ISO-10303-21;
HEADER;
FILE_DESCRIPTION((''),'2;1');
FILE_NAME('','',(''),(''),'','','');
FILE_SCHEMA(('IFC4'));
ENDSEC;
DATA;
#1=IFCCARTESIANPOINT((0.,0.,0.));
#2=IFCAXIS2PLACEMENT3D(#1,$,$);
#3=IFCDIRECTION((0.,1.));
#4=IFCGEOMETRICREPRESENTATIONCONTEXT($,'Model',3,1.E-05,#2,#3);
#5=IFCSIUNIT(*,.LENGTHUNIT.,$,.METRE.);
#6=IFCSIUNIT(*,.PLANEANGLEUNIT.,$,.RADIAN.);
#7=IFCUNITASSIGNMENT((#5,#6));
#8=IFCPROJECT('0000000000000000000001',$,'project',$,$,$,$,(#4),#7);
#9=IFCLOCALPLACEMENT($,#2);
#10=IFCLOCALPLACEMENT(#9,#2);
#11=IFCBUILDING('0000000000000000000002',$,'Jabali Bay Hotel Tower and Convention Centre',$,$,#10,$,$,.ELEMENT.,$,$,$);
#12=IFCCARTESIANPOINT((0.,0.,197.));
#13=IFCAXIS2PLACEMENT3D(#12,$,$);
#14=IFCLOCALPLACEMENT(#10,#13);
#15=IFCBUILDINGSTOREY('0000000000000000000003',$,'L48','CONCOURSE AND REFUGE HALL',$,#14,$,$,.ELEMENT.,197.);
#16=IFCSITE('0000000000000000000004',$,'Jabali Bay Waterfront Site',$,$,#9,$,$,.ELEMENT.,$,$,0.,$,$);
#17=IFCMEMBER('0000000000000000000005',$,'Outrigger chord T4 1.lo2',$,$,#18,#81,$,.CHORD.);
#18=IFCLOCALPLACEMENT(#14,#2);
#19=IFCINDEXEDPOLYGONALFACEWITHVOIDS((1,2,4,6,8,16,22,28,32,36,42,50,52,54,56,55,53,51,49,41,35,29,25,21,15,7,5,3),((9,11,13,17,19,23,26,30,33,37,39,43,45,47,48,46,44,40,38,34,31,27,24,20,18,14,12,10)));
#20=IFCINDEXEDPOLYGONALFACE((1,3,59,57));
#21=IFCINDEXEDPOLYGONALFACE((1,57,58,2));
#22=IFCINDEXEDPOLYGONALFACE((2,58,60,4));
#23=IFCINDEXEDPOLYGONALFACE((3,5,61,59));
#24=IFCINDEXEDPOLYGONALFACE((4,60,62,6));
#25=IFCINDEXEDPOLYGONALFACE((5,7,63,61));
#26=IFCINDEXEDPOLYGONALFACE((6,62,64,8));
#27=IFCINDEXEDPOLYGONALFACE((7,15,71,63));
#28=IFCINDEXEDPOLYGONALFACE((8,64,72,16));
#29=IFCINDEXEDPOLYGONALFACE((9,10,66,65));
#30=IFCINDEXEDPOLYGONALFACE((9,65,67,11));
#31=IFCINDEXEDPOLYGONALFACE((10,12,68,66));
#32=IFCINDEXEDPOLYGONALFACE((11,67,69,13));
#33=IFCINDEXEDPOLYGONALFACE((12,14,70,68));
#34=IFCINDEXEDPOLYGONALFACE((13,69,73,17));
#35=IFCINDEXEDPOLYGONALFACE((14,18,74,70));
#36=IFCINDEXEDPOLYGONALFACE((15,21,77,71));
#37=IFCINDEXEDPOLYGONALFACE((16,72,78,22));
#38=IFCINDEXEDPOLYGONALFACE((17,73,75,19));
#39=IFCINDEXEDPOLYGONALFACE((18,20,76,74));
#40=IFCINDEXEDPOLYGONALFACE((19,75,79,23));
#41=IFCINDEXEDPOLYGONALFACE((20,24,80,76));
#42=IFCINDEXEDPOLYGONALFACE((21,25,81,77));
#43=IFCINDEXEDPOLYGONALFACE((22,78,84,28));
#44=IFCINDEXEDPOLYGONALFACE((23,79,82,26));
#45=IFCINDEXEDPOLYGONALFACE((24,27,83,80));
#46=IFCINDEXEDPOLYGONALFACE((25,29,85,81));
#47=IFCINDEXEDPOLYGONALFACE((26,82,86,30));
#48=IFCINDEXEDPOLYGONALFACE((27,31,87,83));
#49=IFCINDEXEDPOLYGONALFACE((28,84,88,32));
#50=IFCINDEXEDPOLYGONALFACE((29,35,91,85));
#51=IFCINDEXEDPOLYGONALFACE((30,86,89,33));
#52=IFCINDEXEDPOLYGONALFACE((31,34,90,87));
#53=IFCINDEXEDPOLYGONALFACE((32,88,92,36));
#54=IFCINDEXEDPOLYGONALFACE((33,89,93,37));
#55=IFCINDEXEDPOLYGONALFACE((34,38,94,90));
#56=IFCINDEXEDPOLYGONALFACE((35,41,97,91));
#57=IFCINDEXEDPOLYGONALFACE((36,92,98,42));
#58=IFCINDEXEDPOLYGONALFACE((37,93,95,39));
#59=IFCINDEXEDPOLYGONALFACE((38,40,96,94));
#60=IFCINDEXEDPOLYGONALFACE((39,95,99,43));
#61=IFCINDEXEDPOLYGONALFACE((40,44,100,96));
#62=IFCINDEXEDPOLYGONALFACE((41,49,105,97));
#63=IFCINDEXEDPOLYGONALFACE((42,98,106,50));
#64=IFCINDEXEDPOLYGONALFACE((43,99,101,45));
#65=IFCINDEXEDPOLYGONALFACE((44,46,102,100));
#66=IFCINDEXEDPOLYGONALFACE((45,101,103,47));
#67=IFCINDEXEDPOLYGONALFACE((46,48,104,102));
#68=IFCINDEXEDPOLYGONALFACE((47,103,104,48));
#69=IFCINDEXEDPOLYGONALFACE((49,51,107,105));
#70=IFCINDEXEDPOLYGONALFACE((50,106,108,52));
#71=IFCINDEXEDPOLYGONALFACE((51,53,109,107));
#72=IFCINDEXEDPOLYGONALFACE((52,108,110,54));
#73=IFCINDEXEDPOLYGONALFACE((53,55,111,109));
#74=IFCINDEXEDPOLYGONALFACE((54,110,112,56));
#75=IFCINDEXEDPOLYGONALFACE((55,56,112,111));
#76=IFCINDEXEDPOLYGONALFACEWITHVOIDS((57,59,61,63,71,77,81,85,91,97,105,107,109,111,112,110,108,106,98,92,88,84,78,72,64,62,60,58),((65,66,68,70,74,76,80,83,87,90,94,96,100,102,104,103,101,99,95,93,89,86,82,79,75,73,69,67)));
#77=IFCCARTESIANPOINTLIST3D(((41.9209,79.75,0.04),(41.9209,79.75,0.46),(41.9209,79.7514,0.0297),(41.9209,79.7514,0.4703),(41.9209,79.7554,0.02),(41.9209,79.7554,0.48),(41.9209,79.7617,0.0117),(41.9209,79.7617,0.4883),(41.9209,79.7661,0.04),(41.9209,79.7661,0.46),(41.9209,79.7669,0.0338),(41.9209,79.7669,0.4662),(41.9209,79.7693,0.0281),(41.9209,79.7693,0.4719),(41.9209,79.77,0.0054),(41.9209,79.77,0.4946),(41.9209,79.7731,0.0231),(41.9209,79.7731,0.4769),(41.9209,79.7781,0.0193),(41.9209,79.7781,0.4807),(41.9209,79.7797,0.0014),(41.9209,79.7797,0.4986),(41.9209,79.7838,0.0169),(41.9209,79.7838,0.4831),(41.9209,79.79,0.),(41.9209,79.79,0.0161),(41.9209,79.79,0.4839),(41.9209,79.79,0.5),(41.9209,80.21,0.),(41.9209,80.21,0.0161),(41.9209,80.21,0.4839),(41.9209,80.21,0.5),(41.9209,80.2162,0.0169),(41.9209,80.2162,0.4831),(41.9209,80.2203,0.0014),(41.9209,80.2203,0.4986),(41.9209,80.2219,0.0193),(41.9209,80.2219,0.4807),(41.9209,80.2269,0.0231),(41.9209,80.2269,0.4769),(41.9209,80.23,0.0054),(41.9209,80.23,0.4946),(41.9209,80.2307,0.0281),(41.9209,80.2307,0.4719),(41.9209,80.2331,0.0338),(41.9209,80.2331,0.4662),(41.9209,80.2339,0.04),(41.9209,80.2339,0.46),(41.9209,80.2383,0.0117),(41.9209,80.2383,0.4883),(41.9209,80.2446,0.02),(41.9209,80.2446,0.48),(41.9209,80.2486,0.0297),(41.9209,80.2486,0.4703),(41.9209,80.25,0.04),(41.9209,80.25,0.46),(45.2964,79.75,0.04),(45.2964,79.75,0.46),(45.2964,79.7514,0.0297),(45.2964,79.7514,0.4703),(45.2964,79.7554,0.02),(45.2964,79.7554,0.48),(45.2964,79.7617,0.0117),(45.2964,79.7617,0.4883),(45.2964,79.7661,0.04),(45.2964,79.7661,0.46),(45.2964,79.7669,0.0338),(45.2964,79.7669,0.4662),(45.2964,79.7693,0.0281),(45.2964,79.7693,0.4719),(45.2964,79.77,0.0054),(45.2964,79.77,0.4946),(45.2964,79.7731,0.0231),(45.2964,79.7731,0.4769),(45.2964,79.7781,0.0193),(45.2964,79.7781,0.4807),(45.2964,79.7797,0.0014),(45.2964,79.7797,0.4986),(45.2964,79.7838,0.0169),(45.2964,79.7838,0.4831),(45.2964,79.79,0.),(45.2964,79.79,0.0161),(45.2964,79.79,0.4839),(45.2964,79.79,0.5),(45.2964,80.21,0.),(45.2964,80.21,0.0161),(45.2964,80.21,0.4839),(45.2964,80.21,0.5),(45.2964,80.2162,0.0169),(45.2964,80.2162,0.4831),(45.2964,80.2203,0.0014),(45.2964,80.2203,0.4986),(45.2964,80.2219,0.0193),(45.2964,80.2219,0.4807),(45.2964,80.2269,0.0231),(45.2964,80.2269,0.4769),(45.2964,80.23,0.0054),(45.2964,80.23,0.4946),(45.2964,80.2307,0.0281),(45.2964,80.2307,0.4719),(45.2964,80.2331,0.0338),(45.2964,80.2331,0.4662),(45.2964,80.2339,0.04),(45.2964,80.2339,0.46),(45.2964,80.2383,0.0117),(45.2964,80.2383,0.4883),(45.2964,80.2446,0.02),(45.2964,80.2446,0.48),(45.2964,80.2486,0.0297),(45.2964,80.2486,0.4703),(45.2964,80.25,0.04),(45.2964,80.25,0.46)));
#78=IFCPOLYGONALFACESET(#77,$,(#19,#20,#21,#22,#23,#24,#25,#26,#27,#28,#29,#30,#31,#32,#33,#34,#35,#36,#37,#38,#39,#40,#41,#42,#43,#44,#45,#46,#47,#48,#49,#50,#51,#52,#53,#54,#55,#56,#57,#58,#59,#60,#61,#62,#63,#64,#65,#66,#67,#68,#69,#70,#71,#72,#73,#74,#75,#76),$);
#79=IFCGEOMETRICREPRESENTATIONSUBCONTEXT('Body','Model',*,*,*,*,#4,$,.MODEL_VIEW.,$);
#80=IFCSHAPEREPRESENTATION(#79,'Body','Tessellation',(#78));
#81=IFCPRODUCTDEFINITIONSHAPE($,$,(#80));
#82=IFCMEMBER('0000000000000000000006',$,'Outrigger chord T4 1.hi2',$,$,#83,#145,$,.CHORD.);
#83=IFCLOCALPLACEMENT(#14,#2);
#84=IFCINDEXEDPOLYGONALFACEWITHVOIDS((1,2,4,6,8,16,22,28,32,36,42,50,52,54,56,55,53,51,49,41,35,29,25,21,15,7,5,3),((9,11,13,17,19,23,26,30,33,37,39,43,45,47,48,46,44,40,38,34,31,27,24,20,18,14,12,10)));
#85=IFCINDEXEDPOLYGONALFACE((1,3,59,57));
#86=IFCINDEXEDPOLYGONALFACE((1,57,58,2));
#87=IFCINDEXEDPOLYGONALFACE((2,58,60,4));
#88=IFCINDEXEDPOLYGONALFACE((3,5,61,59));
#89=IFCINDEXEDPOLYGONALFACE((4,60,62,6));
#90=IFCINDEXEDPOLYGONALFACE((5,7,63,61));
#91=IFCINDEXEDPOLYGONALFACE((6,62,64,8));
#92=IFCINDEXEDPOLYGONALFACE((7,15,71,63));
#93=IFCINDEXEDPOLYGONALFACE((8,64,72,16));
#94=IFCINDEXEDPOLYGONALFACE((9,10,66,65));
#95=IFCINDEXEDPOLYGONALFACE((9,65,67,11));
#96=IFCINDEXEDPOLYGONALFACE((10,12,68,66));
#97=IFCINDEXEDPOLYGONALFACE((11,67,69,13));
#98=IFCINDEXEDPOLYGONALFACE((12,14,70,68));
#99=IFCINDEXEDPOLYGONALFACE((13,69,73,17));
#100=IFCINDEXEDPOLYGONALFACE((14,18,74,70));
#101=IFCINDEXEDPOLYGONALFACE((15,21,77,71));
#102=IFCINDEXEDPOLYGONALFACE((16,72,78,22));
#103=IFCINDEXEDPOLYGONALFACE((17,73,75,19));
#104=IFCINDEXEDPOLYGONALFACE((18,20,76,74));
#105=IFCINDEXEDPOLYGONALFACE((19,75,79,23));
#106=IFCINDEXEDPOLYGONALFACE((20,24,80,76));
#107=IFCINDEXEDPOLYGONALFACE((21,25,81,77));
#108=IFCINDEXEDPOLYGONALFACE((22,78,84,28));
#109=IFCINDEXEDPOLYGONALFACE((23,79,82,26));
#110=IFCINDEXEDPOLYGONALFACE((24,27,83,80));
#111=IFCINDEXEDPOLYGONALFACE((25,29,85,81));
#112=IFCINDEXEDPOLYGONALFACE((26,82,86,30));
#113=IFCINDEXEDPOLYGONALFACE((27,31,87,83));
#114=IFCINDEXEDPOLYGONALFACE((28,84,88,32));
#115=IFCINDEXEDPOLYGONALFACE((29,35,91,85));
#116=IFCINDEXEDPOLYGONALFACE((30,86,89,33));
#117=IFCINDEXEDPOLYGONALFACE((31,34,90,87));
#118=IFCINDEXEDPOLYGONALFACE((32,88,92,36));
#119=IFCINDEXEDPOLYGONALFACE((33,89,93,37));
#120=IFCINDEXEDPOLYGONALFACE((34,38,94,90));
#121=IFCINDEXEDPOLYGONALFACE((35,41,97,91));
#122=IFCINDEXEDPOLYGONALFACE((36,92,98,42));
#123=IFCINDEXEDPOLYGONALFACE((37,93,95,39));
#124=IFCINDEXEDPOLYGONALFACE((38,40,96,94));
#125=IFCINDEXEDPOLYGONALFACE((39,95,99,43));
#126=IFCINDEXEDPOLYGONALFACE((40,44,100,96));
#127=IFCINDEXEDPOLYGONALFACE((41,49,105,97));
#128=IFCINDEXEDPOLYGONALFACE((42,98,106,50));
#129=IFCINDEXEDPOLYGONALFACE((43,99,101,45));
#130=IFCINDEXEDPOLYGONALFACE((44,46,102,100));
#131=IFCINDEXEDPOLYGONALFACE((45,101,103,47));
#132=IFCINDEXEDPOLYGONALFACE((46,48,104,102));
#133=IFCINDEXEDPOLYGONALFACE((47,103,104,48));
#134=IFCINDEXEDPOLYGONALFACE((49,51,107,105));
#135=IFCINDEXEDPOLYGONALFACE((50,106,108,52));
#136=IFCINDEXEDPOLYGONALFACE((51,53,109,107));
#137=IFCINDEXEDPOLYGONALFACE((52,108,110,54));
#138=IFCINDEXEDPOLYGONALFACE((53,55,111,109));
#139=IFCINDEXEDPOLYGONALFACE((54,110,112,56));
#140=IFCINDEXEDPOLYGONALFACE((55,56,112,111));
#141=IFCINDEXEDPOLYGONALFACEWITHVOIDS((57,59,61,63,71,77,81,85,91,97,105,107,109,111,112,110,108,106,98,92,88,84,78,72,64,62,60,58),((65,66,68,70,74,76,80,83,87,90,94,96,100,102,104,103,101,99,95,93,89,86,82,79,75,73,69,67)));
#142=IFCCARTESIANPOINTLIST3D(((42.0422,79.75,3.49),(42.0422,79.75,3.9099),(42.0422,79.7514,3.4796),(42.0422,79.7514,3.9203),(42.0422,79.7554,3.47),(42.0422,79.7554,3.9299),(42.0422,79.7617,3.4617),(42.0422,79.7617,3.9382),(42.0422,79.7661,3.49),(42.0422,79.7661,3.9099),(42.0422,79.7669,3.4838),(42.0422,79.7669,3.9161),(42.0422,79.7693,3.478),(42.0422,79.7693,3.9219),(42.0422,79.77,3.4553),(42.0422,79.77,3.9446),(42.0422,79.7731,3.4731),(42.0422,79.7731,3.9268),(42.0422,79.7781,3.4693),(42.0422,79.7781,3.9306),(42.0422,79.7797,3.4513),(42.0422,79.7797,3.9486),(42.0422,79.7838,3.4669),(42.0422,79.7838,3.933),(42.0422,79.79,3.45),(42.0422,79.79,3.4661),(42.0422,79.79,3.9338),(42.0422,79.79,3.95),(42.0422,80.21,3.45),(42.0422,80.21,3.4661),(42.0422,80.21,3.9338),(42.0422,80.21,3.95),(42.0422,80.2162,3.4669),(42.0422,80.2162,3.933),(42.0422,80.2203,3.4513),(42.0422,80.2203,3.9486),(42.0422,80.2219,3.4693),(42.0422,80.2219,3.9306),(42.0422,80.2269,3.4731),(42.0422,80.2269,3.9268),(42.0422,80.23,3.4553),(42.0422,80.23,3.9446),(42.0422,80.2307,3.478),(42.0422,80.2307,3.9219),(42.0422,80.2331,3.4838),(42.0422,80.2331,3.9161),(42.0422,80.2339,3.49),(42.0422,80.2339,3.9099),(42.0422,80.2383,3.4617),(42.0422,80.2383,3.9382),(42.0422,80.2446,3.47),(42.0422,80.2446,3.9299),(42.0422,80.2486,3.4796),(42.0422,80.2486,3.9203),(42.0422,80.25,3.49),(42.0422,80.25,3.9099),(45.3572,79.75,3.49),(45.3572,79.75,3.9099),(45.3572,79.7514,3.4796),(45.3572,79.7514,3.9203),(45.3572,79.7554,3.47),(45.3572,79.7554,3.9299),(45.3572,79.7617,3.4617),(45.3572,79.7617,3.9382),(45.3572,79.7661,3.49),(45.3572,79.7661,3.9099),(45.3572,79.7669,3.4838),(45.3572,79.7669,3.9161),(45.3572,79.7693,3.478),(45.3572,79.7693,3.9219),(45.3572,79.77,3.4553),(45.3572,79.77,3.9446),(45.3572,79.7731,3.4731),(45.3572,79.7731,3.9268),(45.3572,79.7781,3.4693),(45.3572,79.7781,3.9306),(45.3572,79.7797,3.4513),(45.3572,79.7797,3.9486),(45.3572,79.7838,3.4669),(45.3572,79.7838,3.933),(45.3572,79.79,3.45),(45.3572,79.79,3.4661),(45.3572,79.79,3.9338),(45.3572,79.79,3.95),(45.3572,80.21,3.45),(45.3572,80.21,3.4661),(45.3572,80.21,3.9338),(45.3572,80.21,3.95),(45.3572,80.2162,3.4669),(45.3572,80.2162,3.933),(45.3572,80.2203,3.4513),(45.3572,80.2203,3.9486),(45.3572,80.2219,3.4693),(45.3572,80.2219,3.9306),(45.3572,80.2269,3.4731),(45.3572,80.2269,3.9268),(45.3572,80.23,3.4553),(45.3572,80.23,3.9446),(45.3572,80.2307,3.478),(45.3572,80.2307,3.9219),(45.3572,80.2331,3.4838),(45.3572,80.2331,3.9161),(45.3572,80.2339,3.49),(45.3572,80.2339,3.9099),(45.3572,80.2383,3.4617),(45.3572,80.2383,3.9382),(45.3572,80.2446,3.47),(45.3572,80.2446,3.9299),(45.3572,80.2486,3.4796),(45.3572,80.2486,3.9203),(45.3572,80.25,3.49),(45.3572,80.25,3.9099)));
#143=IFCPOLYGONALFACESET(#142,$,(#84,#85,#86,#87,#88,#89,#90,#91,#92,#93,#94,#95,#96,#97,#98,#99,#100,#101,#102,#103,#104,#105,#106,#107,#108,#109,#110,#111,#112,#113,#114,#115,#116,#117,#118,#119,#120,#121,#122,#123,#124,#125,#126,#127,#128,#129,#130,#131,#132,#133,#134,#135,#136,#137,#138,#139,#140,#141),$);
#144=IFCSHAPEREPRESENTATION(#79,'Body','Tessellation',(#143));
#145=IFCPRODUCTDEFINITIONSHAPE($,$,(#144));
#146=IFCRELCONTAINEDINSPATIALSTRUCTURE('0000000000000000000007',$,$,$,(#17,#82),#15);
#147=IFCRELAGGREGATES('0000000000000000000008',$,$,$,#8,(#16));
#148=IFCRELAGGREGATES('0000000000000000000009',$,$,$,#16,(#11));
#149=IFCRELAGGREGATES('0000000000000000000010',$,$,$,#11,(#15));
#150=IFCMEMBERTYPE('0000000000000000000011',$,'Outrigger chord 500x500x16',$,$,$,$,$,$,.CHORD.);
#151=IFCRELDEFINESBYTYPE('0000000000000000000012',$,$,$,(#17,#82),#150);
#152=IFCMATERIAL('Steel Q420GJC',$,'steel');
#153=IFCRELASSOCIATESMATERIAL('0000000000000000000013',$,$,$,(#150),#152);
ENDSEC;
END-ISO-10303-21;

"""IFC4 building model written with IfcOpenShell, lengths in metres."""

from ifc_helpers import new_model, si_unit, direction, frame, origin, origin_2d, place, context, subcontext, project, spatial, hollow_rectangle, extrude, material, material_profile, profile_set, type_object, element, save


model = new_model("IFC4")

# Units and contexts
model_context = context("Model", 3, precision=1e-05, world=origin(), true_north=direction((0.0, 1.0)))
body_context = subcontext(model_context, "Body", "Model", "MODEL_VIEW")
ifc_project = project(units=[si_unit("LENGTHUNIT", "METRE"), si_unit("PLANEANGLEUNIT", "RADIAN")], contexts=[model_context])

# Site, building, storey
site_placement = place(None, origin())
site = spatial("IfcSite", under=ifc_project, at=site_placement, Name="Jabali Bay Waterfront Site", CompositionType="ELEMENT", RefElevation=0.0)
building_placement = place(site_placement, origin())
building = spatial("IfcBuilding", under=site, at=building_placement, Name="Jabali Bay Hotel Tower and Convention Centre", CompositionType="ELEMENT")
storey_placement = place(building_placement, frame((0.0, 0.0, 197.0)))
storey = spatial("IfcBuildingStorey", under=building, at=storey_placement, Name="L48", Description="CONCOURSE AND REFUGE HALL", CompositionType="ELEMENT", Elevation=197.0)

# Members
ifc_material_1 = material(Name="Steel Q420GJC", Category="steel")
ifc_material_profile_1 = material_profile(ifc_material_1, hollow_rectangle(XDim=0.5, YDim=0.5, WallThickness=0.0161, InnerFilletRadius=0.0239, OuterFilletRadius=0.04, at=origin_2d()), Name="Outrigger chord 500x500x16")
ifc_profile_set_1 = profile_set([ifc_material_profile_1], Name="Steel Q420GJC")
member_type_1 = type_object("IfcMemberType", Name="Outrigger chord 500x500x16", PredefinedType="CHORD", material=ifc_profile_set_1)
member_1_placement = place(storey_placement, frame((45.2964, 80.0, 0.25), z_axis=(-1.0, 0.0, 0.0), x_axis=(0.0, -1.0, 0.0)))
element("IfcMember", 1, at=member_1_placement, inside=storey, type_object=member_type_1, Name="Outrigger chord T4 1.lo2", PredefinedType="CHORD", context=body_context, shape_type="SweptSolid", body=[
    extrude(hollow_rectangle(XDim=0.5, YDim=0.5, WallThickness=0.0161, InnerFilletRadius=0.0239, OuterFilletRadius=0.04, at=origin_2d()), origin(), (0.0, 0.0, 1.0), 3.3755),
])
member_2_placement = place(storey_placement, frame((45.3572, 80.0, 3.7), z_axis=(-1.0, 0.0, 0.0), x_axis=(0.0, -1.0, 0.0)))
element("IfcMember", 2, at=member_2_placement, inside=storey, type_object=member_type_1, Name="Outrigger chord T4 1.hi2", PredefinedType="CHORD", context=body_context, shape_type="SweptSolid", body=[
    extrude(hollow_rectangle(XDim=0.5, YDim=0.5, WallThickness=0.0161, InnerFilletRadius=0.0239, OuterFilletRadius=0.04, at=origin_2d()), origin(), (0.0, 0.0, 1.0), 3.3149),
])

save(model, "model.ifc")
